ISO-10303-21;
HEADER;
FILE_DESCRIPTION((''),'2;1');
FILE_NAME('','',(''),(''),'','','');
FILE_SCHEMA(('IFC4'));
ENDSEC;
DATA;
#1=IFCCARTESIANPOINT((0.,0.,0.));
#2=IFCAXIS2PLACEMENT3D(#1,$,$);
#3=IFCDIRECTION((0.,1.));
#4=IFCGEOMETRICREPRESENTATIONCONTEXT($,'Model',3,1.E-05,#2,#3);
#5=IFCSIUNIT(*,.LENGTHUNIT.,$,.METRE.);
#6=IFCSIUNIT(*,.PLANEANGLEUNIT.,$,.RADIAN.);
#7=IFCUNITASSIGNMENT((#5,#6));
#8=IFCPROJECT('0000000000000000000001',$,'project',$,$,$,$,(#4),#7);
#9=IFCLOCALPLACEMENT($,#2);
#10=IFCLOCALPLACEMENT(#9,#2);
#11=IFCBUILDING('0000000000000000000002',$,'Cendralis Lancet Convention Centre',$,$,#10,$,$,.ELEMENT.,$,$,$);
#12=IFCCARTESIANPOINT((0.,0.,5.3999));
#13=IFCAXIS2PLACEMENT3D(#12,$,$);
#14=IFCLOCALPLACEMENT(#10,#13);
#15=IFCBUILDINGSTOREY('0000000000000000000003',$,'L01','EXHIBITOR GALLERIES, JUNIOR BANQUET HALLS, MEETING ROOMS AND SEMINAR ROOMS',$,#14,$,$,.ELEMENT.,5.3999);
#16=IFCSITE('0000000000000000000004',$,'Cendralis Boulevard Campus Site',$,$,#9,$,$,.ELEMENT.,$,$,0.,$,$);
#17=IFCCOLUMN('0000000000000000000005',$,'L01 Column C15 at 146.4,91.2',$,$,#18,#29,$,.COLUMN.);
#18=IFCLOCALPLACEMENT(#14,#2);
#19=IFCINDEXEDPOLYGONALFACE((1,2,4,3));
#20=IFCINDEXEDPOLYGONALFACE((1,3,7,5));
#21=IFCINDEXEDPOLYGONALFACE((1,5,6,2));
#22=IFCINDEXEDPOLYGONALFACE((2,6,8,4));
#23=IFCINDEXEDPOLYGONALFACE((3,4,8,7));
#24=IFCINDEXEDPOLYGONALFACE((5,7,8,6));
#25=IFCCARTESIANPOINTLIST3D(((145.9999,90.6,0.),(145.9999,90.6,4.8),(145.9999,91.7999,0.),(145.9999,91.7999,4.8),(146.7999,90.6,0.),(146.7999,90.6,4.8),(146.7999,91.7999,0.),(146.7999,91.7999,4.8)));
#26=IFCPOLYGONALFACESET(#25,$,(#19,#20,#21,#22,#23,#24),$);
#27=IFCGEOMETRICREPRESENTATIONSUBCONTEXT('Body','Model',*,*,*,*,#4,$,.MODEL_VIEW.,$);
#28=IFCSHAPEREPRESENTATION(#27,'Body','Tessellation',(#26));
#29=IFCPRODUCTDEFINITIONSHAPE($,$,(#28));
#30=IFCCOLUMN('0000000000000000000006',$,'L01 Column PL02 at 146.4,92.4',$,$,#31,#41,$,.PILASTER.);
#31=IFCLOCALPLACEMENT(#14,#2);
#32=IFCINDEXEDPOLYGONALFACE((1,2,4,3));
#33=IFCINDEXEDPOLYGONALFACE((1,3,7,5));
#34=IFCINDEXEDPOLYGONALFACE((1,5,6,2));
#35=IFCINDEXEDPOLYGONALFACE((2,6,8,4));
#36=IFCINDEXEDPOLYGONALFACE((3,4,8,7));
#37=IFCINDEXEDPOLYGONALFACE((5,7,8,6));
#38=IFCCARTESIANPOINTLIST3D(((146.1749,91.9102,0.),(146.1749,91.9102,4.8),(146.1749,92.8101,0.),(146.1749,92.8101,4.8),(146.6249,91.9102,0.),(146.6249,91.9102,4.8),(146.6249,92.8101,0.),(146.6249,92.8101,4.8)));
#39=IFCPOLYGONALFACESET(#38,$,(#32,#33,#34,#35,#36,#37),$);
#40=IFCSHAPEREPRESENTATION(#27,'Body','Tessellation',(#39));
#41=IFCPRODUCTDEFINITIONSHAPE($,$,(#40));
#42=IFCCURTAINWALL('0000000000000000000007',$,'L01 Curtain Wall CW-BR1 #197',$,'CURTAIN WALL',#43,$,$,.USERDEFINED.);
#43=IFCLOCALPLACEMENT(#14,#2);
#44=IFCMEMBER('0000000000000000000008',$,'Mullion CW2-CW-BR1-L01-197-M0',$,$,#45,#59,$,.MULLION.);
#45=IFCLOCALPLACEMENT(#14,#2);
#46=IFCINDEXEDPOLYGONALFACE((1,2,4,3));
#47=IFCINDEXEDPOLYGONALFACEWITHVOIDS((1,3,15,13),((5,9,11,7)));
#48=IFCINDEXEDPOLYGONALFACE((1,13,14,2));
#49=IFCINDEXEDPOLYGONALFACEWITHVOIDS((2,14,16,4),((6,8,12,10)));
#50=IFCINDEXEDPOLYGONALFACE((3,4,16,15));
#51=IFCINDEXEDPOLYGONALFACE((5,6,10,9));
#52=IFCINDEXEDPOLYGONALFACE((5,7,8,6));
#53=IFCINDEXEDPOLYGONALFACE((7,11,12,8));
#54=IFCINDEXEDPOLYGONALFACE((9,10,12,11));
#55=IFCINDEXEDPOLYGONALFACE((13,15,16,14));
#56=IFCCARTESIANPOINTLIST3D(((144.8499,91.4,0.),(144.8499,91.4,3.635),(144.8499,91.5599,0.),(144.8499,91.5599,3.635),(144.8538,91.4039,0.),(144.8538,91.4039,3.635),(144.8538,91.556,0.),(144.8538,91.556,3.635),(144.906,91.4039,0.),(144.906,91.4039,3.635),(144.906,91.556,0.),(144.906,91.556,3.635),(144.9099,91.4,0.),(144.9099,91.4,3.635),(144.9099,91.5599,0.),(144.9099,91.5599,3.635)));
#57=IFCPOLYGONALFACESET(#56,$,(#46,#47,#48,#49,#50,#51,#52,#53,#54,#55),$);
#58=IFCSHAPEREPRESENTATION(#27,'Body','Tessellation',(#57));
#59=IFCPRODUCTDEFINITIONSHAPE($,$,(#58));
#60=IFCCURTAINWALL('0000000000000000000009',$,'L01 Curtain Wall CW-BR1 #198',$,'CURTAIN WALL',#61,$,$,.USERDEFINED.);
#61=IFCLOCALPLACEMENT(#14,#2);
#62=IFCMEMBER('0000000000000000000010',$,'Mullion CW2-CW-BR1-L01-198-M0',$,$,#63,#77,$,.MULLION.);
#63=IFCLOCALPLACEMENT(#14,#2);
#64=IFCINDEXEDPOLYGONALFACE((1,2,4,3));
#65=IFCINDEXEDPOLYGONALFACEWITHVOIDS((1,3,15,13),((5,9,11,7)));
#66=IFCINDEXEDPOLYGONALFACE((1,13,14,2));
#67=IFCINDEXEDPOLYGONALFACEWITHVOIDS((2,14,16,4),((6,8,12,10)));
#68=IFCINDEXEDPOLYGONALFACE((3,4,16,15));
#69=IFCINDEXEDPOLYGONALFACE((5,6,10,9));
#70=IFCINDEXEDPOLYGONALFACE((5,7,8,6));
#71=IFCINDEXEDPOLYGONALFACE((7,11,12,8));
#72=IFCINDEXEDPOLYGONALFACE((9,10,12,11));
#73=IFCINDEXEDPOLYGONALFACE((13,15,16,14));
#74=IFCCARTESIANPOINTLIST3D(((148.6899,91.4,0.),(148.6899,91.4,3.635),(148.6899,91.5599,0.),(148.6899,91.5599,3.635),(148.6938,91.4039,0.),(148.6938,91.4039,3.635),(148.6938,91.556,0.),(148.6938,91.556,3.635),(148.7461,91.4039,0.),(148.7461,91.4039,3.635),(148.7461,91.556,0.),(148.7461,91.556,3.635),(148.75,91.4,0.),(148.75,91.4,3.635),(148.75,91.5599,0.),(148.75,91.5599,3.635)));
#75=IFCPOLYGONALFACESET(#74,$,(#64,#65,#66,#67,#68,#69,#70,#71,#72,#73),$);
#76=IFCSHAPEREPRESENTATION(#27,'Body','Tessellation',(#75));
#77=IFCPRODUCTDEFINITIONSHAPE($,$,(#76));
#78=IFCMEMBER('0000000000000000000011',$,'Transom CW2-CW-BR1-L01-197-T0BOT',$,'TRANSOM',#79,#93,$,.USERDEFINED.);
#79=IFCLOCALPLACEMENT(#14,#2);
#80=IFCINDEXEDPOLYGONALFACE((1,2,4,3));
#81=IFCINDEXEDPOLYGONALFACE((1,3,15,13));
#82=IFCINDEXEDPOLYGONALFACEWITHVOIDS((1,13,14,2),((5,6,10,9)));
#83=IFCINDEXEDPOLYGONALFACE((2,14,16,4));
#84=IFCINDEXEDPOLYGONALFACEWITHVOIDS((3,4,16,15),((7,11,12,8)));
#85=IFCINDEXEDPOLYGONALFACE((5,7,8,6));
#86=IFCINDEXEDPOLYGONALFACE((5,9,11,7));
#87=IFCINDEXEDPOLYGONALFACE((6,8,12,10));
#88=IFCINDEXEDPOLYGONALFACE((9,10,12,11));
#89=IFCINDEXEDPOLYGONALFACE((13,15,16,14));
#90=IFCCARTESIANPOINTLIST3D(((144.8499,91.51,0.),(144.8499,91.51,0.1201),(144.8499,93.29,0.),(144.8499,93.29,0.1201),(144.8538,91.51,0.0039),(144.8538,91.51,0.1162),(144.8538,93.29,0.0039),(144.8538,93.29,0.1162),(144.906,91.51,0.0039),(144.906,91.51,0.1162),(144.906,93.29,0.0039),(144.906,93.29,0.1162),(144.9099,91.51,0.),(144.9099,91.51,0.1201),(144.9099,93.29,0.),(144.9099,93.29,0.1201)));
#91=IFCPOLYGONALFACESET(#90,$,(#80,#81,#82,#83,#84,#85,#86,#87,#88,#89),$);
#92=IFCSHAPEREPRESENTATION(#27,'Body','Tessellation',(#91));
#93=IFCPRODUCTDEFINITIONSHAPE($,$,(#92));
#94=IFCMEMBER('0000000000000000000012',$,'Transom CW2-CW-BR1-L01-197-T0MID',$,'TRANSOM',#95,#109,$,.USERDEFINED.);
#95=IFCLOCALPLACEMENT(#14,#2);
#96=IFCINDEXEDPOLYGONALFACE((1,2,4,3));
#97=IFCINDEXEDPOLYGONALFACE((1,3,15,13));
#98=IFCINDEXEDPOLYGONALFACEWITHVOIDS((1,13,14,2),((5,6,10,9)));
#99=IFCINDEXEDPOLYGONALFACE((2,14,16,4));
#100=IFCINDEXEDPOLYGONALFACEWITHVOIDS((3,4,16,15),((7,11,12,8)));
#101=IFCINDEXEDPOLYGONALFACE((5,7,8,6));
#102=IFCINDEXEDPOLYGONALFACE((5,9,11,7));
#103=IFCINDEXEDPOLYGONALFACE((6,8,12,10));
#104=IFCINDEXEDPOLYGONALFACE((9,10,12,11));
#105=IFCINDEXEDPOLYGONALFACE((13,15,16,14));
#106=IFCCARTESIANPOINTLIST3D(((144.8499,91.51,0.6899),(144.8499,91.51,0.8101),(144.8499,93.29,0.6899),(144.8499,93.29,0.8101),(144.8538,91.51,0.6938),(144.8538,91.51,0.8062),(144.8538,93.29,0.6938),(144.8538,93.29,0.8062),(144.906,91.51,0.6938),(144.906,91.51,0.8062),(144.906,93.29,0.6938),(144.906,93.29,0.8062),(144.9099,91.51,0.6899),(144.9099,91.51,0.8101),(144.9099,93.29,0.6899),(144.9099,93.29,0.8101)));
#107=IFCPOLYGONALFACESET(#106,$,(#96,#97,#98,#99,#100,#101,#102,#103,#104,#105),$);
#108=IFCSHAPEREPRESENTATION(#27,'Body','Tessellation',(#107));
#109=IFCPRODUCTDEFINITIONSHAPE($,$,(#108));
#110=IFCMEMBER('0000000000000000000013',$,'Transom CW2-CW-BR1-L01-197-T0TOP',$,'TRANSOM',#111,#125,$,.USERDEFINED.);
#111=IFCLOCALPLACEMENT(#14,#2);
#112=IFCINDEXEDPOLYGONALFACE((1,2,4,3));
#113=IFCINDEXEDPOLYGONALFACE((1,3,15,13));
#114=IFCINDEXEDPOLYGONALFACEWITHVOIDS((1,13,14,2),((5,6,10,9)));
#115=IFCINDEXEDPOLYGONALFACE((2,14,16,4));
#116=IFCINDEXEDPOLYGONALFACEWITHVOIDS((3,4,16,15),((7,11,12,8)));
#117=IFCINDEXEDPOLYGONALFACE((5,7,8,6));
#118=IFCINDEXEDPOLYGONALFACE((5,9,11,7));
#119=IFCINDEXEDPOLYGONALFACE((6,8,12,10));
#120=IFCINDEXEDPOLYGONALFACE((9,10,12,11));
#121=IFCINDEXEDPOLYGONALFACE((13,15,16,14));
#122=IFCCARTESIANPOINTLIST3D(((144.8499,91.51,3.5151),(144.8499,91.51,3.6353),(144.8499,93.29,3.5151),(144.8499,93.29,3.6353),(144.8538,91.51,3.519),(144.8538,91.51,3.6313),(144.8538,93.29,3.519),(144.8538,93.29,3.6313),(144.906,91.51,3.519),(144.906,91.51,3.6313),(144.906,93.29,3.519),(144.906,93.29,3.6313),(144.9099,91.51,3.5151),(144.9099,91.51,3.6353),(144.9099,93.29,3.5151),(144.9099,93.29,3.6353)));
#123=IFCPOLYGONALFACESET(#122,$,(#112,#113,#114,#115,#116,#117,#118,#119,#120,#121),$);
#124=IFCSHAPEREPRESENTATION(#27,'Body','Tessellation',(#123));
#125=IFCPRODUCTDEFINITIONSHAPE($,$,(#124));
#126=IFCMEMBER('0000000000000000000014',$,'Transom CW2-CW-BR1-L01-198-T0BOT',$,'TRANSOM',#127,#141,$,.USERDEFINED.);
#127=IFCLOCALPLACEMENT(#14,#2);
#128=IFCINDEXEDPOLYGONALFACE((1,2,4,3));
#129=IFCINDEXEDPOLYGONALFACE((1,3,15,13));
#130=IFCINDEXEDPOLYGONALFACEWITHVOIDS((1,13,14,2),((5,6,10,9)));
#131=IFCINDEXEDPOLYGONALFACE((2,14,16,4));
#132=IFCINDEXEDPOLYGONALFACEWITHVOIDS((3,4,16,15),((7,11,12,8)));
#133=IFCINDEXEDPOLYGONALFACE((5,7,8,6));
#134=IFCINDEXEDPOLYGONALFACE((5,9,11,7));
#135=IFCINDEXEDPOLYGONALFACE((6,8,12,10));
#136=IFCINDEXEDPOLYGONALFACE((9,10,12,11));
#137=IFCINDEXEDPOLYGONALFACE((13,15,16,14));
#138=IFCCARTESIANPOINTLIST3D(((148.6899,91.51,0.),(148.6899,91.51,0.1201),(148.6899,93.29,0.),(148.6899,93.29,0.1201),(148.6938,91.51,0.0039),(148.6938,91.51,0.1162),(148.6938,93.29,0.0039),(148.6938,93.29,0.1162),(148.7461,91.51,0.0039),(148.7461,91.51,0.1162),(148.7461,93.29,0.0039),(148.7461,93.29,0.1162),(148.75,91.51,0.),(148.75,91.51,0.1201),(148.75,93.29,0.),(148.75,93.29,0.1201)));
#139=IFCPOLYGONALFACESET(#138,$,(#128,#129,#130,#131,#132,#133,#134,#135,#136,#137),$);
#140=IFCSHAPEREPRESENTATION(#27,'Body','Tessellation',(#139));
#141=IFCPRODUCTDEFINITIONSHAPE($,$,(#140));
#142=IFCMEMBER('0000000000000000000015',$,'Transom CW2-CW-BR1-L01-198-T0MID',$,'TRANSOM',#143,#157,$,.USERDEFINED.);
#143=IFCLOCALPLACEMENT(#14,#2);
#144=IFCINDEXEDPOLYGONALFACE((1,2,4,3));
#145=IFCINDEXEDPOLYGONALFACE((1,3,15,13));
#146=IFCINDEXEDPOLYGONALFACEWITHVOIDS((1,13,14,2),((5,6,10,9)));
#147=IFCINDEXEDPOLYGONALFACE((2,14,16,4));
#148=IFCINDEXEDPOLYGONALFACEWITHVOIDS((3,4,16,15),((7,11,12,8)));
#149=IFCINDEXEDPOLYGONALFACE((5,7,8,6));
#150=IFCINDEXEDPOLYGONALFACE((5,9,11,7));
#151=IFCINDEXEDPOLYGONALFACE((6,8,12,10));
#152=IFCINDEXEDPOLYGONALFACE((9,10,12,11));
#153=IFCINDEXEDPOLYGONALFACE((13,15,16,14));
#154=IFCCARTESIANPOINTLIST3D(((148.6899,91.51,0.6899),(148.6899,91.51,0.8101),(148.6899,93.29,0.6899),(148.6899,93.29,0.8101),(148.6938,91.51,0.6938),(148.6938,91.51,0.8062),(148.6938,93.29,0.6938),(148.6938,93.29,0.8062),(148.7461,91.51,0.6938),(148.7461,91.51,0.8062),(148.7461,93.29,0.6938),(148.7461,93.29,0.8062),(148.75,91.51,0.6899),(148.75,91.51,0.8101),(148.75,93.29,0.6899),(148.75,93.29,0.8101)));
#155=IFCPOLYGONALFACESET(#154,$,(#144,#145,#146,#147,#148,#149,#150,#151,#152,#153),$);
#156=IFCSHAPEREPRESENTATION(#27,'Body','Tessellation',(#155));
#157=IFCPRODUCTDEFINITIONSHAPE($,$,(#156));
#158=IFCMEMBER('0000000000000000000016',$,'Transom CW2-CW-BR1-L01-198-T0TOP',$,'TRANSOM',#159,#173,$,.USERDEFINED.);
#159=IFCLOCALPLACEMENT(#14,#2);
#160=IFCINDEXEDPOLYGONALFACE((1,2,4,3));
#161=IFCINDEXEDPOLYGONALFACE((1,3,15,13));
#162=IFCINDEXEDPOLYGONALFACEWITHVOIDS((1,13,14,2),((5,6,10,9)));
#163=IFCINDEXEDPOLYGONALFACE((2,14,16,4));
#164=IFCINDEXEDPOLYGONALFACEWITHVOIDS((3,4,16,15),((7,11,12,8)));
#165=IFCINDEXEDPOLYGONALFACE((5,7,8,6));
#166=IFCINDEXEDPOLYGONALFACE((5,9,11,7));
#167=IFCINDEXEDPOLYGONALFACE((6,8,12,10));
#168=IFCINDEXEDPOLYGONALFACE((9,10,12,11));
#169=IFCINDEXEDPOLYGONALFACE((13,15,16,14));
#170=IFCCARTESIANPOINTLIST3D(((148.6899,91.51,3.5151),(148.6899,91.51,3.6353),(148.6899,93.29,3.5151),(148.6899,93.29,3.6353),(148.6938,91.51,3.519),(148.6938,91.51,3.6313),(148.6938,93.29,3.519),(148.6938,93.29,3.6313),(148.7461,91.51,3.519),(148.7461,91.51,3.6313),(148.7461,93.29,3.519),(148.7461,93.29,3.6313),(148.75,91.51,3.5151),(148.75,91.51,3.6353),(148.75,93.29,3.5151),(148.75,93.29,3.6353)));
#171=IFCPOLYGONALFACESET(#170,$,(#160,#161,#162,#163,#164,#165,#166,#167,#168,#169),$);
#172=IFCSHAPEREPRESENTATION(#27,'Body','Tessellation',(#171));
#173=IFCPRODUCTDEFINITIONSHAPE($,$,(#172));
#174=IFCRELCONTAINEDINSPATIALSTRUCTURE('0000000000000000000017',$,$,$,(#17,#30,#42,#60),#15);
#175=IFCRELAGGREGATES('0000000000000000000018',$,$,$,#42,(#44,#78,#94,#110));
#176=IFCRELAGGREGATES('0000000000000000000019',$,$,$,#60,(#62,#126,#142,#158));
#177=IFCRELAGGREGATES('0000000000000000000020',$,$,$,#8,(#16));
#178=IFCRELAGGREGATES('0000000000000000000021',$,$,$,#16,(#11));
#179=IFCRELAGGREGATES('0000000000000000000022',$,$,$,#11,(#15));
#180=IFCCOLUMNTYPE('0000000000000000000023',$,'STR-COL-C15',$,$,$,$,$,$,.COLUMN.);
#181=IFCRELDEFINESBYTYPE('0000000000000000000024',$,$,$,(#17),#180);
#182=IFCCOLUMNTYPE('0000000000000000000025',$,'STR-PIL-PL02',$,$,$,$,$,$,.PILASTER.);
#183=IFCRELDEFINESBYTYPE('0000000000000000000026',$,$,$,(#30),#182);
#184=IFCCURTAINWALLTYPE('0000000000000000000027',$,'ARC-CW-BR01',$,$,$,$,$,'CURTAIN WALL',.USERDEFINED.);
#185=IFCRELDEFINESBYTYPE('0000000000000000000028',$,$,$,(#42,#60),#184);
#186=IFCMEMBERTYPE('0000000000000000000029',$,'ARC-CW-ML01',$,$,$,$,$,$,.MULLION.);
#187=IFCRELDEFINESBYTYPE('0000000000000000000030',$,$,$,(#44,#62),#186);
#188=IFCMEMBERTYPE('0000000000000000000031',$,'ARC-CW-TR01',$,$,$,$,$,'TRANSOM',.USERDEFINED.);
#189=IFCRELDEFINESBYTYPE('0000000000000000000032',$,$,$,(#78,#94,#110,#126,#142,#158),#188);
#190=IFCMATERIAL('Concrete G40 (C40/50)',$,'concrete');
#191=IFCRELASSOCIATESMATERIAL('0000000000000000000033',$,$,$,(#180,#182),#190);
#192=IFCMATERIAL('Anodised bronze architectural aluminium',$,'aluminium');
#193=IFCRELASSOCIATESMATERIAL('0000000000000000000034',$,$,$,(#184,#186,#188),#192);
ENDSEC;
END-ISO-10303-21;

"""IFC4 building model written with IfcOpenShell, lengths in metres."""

from ifc_helpers import new_model, si_unit, direction, frame, origin, origin_2d, place, context, subcontext, project, spatial, rectangle, hollow_rectangle, extrude, material, material_profile, profile_set, type_object, element, aggregate, save


model = new_model("IFC4")

# Units and contexts
model_context = context("Model", 3, precision=1e-05, world=origin(), true_north=direction((0.0, 1.0)))
body_context = subcontext(model_context, "Body", "Model", "MODEL_VIEW")
ifc_project = project(units=[si_unit("LENGTHUNIT", "METRE"), si_unit("PLANEANGLEUNIT", "RADIAN")], contexts=[model_context])

# Site, building, storey
site_placement = place(None, origin())
site = spatial("IfcSite", under=ifc_project, at=site_placement, Name="Cendralis Boulevard Campus Site", CompositionType="ELEMENT", RefElevation=0.0)
building_placement = place(site_placement, origin())
building = spatial("IfcBuilding", under=site, at=building_placement, Name="Cendralis Lancet Convention Centre", CompositionType="ELEMENT")
storey_placement = place(building_placement, frame((0.0, 0.0, 5.3999)))
storey = spatial("IfcBuildingStorey", under=building, at=storey_placement, Name="L01", Description="EXHIBITOR GALLERIES, JUNIOR BANQUET HALLS, MEETING ROOMS AND SEMINAR ROOMS", CompositionType="ELEMENT", Elevation=5.3999)

# Columns
ifc_material_1 = material(Name="Concrete G40 (C40/50)", Category="concrete")
ifc_material_profile_1 = material_profile(ifc_material_1, rectangle(XDim=0.8, YDim=1.2, at=origin_2d()), Name="RC 800x1200")
ifc_profile_set_1 = profile_set([ifc_material_profile_1], Name="Concrete G40 (C40/50)")
column_type_1 = type_object("IfcColumnType", Name="STR-COL-C15", PredefinedType="COLUMN", material=ifc_profile_set_1)
column_1_placement = place(storey_placement, frame((146.3999, 91.2, 0.0), z_axis=(0.0, 0.0, 1.0), x_axis=(1.0, 0.0, 0.0)))
element("IfcColumn", 1, at=column_1_placement, inside=storey, type_object=column_type_1, Name="L01 Column C15 at 146.4,91.2", PredefinedType="COLUMN", context=body_context, shape_type="SweptSolid", body=[
    extrude(rectangle(XDim=0.8, YDim=1.2, at=origin_2d()), origin(), (0.0, 0.0, 1.0), 4.8),
])
ifc_material_profile_2 = material_profile(ifc_material_1, rectangle(XDim=0.45, YDim=0.8999, at=origin_2d()), Name="RC 450x900")
ifc_profile_set_2 = profile_set([ifc_material_profile_2], Name="Concrete G40 (C40/50)")
column_type_2 = type_object("IfcColumnType", Name="STR-PIL-PL02", PredefinedType="PILASTER", material=ifc_profile_set_2)
column_2_placement = place(storey_placement, frame((146.3999, 92.3601, 0.0), z_axis=(0.0, 0.0, 1.0), x_axis=(1.0, 0.0, 0.0)))
element("IfcColumn", 2, at=column_2_placement, inside=storey, type_object=column_type_2, Name="L01 Column PL02 at 146.4,92.4", PredefinedType="PILASTER", context=body_context, shape_type="SweptSolid", body=[
    extrude(rectangle(XDim=0.45, YDim=0.8999, at=origin_2d()), origin(), (0.0, 0.0, 1.0), 4.8),
])

# Curtain walls, members
ifc_material_2 = material(Name="Anodised bronze architectural aluminium", Category="aluminium")
curtain_wall_type = type_object("IfcCurtainWallType", Name="ARC-CW-BR01", ElementType="CURTAIN WALL", PredefinedType="USERDEFINED", material=ifc_material_2)
curtain_wall_1_placement = place(storey_placement, origin())
curtain_wall_1 = element("IfcCurtainWall", 3, at=curtain_wall_1_placement, inside=storey, type_object=curtain_wall_type, Name="L01 Curtain Wall CW-BR1 #197", ObjectType="CURTAIN WALL", PredefinedType="USERDEFINED")
ifc_material_profile_3 = material_profile(ifc_material_2, hollow_rectangle(XDim=0.0601, YDim=0.1599, WallThickness=0.0039, at=origin_2d()), Name="AL-MULL 60x160x4.0")
ifc_profile_set_3 = profile_set([ifc_material_profile_3], Name="Anodised bronze architectural aluminium")
member_type_1 = type_object("IfcMemberType", Name="ARC-CW-ML01", PredefinedType="MULLION", material=ifc_profile_set_3)
member_1_placement = place(storey_placement, frame((144.8799, 91.48, 0.0), z_axis=(0.0, 0.0, 1.0), x_axis=(1.0, 0.0, 0.0)))
member_1 = element("IfcMember", 4, at=member_1_placement, type_object=member_type_1, Name="Mullion CW2-CW-BR1-L01-197-M0", PredefinedType="MULLION", context=body_context, shape_type="SweptSolid", body=[
    extrude(hollow_rectangle(XDim=0.0601, YDim=0.1599, WallThickness=0.0039, at=origin_2d()), origin(), (0.0, 0.0, 1.0), 3.635),
])
curtain_wall_2_placement = place(storey_placement, origin())
curtain_wall_2 = element("IfcCurtainWall", 5, at=curtain_wall_2_placement, inside=storey, type_object=curtain_wall_type, Name="L01 Curtain Wall CW-BR1 #198", ObjectType="CURTAIN WALL", PredefinedType="USERDEFINED")
member_2_placement = place(storey_placement, frame((148.72, 91.48, 0.0), z_axis=(0.0, 0.0, 1.0), x_axis=(1.0, 0.0, 0.0)))
member_2 = element("IfcMember", 6, at=member_2_placement, type_object=member_type_1, Name="Mullion CW2-CW-BR1-L01-198-M0", PredefinedType="MULLION", context=body_context, shape_type="SweptSolid", body=[
    extrude(hollow_rectangle(XDim=0.0601, YDim=0.1599, WallThickness=0.0039, at=origin_2d()), origin(), (0.0, 0.0, 1.0), 3.635),
])

# Members
ifc_material_profile_4 = material_profile(ifc_material_2, hollow_rectangle(XDim=0.0601, YDim=0.1201, WallThickness=0.0039, at=origin_2d()), Name="AL-TRAN 60x120x4.0")
ifc_profile_set_4 = profile_set([ifc_material_profile_4], Name="Anodised bronze architectural aluminium")
member_type_2 = type_object("IfcMemberType", Name="ARC-CW-TR01", ElementType="TRANSOM", PredefinedType="USERDEFINED", material=ifc_profile_set_4)
member_3_placement = place(storey_placement, frame((144.8799, 91.51, 0.0601), z_axis=(0.0, 1.0, 0.0), x_axis=(-1.0, 0.0, 0.0)))
member_3 = element("IfcMember", 7, at=member_3_placement, type_object=member_type_2, Name="Transom CW2-CW-BR1-L01-197-T0BOT", ObjectType="TRANSOM", PredefinedType="USERDEFINED", context=body_context, shape_type="SweptSolid", body=[
    extrude(hollow_rectangle(XDim=0.0601, YDim=0.1201, WallThickness=0.0039, at=origin_2d()), origin(), (0.0, 0.0, 1.0), 1.78),
])
member_4_placement = place(storey_placement, frame((144.8799, 91.51, 0.75), z_axis=(0.0, 1.0, 0.0), x_axis=(-1.0, 0.0, 0.0)))
member_4 = element("IfcMember", 8, at=member_4_placement, type_object=member_type_2, Name="Transom CW2-CW-BR1-L01-197-T0MID", ObjectType="TRANSOM", PredefinedType="USERDEFINED", context=body_context, shape_type="SweptSolid", body=[
    extrude(hollow_rectangle(XDim=0.0601, YDim=0.1201, WallThickness=0.0039, at=origin_2d()), origin(), (0.0, 0.0, 1.0), 1.78),
])
member_5_placement = place(storey_placement, frame((144.8799, 91.51, 3.5752), z_axis=(0.0, 1.0, 0.0), x_axis=(-1.0, 0.0, 0.0)))
member_5 = element("IfcMember", 9, at=member_5_placement, type_object=member_type_2, Name="Transom CW2-CW-BR1-L01-197-T0TOP", ObjectType="TRANSOM", PredefinedType="USERDEFINED", context=body_context, shape_type="SweptSolid", body=[
    extrude(hollow_rectangle(XDim=0.0601, YDim=0.1201, WallThickness=0.0039, at=origin_2d()), origin(), (0.0, 0.0, 1.0), 1.78),
])
aggregate(curtain_wall_1, [member_1, member_3, member_4, member_5])
member_6_placement = place(storey_placement, frame((148.72, 91.51, 0.0601), z_axis=(0.0, 1.0, 0.0), x_axis=(-1.0, 0.0, 0.0)))
member_6 = element("IfcMember", 10, at=member_6_placement, type_object=member_type_2, Name="Transom CW2-CW-BR1-L01-198-T0BOT", ObjectType="TRANSOM", PredefinedType="USERDEFINED", context=body_context, shape_type="SweptSolid", body=[
    extrude(hollow_rectangle(XDim=0.0601, YDim=0.1201, WallThickness=0.0039, at=origin_2d()), origin(), (0.0, 0.0, 1.0), 1.78),
])
member_7_placement = place(storey_placement, frame((148.72, 91.51, 0.75), z_axis=(0.0, 1.0, 0.0), x_axis=(-1.0, 0.0, 0.0)))
member_7 = element("IfcMember", 11, at=member_7_placement, type_object=member_type_2, Name="Transom CW2-CW-BR1-L01-198-T0MID", ObjectType="TRANSOM", PredefinedType="USERDEFINED", context=body_context, shape_type="SweptSolid", body=[
    extrude(hollow_rectangle(XDim=0.0601, YDim=0.1201, WallThickness=0.0039, at=origin_2d()), origin(), (0.0, 0.0, 1.0), 1.78),
])
member_8_placement = place(storey_placement, frame((148.72, 91.51, 3.5752), z_axis=(0.0, 1.0, 0.0), x_axis=(-1.0, 0.0, 0.0)))
member_8 = element("IfcMember", 12, at=member_8_placement, type_object=member_type_2, Name="Transom CW2-CW-BR1-L01-198-T0TOP", ObjectType="TRANSOM", PredefinedType="USERDEFINED", context=body_context, shape_type="SweptSolid", body=[
    extrude(hollow_rectangle(XDim=0.0601, YDim=0.1201, WallThickness=0.0039, at=origin_2d()), origin(), (0.0, 0.0, 1.0), 1.78),
])
aggregate(curtain_wall_2, [member_2, member_6, member_7, member_8])

save(model, "model.ifc")
